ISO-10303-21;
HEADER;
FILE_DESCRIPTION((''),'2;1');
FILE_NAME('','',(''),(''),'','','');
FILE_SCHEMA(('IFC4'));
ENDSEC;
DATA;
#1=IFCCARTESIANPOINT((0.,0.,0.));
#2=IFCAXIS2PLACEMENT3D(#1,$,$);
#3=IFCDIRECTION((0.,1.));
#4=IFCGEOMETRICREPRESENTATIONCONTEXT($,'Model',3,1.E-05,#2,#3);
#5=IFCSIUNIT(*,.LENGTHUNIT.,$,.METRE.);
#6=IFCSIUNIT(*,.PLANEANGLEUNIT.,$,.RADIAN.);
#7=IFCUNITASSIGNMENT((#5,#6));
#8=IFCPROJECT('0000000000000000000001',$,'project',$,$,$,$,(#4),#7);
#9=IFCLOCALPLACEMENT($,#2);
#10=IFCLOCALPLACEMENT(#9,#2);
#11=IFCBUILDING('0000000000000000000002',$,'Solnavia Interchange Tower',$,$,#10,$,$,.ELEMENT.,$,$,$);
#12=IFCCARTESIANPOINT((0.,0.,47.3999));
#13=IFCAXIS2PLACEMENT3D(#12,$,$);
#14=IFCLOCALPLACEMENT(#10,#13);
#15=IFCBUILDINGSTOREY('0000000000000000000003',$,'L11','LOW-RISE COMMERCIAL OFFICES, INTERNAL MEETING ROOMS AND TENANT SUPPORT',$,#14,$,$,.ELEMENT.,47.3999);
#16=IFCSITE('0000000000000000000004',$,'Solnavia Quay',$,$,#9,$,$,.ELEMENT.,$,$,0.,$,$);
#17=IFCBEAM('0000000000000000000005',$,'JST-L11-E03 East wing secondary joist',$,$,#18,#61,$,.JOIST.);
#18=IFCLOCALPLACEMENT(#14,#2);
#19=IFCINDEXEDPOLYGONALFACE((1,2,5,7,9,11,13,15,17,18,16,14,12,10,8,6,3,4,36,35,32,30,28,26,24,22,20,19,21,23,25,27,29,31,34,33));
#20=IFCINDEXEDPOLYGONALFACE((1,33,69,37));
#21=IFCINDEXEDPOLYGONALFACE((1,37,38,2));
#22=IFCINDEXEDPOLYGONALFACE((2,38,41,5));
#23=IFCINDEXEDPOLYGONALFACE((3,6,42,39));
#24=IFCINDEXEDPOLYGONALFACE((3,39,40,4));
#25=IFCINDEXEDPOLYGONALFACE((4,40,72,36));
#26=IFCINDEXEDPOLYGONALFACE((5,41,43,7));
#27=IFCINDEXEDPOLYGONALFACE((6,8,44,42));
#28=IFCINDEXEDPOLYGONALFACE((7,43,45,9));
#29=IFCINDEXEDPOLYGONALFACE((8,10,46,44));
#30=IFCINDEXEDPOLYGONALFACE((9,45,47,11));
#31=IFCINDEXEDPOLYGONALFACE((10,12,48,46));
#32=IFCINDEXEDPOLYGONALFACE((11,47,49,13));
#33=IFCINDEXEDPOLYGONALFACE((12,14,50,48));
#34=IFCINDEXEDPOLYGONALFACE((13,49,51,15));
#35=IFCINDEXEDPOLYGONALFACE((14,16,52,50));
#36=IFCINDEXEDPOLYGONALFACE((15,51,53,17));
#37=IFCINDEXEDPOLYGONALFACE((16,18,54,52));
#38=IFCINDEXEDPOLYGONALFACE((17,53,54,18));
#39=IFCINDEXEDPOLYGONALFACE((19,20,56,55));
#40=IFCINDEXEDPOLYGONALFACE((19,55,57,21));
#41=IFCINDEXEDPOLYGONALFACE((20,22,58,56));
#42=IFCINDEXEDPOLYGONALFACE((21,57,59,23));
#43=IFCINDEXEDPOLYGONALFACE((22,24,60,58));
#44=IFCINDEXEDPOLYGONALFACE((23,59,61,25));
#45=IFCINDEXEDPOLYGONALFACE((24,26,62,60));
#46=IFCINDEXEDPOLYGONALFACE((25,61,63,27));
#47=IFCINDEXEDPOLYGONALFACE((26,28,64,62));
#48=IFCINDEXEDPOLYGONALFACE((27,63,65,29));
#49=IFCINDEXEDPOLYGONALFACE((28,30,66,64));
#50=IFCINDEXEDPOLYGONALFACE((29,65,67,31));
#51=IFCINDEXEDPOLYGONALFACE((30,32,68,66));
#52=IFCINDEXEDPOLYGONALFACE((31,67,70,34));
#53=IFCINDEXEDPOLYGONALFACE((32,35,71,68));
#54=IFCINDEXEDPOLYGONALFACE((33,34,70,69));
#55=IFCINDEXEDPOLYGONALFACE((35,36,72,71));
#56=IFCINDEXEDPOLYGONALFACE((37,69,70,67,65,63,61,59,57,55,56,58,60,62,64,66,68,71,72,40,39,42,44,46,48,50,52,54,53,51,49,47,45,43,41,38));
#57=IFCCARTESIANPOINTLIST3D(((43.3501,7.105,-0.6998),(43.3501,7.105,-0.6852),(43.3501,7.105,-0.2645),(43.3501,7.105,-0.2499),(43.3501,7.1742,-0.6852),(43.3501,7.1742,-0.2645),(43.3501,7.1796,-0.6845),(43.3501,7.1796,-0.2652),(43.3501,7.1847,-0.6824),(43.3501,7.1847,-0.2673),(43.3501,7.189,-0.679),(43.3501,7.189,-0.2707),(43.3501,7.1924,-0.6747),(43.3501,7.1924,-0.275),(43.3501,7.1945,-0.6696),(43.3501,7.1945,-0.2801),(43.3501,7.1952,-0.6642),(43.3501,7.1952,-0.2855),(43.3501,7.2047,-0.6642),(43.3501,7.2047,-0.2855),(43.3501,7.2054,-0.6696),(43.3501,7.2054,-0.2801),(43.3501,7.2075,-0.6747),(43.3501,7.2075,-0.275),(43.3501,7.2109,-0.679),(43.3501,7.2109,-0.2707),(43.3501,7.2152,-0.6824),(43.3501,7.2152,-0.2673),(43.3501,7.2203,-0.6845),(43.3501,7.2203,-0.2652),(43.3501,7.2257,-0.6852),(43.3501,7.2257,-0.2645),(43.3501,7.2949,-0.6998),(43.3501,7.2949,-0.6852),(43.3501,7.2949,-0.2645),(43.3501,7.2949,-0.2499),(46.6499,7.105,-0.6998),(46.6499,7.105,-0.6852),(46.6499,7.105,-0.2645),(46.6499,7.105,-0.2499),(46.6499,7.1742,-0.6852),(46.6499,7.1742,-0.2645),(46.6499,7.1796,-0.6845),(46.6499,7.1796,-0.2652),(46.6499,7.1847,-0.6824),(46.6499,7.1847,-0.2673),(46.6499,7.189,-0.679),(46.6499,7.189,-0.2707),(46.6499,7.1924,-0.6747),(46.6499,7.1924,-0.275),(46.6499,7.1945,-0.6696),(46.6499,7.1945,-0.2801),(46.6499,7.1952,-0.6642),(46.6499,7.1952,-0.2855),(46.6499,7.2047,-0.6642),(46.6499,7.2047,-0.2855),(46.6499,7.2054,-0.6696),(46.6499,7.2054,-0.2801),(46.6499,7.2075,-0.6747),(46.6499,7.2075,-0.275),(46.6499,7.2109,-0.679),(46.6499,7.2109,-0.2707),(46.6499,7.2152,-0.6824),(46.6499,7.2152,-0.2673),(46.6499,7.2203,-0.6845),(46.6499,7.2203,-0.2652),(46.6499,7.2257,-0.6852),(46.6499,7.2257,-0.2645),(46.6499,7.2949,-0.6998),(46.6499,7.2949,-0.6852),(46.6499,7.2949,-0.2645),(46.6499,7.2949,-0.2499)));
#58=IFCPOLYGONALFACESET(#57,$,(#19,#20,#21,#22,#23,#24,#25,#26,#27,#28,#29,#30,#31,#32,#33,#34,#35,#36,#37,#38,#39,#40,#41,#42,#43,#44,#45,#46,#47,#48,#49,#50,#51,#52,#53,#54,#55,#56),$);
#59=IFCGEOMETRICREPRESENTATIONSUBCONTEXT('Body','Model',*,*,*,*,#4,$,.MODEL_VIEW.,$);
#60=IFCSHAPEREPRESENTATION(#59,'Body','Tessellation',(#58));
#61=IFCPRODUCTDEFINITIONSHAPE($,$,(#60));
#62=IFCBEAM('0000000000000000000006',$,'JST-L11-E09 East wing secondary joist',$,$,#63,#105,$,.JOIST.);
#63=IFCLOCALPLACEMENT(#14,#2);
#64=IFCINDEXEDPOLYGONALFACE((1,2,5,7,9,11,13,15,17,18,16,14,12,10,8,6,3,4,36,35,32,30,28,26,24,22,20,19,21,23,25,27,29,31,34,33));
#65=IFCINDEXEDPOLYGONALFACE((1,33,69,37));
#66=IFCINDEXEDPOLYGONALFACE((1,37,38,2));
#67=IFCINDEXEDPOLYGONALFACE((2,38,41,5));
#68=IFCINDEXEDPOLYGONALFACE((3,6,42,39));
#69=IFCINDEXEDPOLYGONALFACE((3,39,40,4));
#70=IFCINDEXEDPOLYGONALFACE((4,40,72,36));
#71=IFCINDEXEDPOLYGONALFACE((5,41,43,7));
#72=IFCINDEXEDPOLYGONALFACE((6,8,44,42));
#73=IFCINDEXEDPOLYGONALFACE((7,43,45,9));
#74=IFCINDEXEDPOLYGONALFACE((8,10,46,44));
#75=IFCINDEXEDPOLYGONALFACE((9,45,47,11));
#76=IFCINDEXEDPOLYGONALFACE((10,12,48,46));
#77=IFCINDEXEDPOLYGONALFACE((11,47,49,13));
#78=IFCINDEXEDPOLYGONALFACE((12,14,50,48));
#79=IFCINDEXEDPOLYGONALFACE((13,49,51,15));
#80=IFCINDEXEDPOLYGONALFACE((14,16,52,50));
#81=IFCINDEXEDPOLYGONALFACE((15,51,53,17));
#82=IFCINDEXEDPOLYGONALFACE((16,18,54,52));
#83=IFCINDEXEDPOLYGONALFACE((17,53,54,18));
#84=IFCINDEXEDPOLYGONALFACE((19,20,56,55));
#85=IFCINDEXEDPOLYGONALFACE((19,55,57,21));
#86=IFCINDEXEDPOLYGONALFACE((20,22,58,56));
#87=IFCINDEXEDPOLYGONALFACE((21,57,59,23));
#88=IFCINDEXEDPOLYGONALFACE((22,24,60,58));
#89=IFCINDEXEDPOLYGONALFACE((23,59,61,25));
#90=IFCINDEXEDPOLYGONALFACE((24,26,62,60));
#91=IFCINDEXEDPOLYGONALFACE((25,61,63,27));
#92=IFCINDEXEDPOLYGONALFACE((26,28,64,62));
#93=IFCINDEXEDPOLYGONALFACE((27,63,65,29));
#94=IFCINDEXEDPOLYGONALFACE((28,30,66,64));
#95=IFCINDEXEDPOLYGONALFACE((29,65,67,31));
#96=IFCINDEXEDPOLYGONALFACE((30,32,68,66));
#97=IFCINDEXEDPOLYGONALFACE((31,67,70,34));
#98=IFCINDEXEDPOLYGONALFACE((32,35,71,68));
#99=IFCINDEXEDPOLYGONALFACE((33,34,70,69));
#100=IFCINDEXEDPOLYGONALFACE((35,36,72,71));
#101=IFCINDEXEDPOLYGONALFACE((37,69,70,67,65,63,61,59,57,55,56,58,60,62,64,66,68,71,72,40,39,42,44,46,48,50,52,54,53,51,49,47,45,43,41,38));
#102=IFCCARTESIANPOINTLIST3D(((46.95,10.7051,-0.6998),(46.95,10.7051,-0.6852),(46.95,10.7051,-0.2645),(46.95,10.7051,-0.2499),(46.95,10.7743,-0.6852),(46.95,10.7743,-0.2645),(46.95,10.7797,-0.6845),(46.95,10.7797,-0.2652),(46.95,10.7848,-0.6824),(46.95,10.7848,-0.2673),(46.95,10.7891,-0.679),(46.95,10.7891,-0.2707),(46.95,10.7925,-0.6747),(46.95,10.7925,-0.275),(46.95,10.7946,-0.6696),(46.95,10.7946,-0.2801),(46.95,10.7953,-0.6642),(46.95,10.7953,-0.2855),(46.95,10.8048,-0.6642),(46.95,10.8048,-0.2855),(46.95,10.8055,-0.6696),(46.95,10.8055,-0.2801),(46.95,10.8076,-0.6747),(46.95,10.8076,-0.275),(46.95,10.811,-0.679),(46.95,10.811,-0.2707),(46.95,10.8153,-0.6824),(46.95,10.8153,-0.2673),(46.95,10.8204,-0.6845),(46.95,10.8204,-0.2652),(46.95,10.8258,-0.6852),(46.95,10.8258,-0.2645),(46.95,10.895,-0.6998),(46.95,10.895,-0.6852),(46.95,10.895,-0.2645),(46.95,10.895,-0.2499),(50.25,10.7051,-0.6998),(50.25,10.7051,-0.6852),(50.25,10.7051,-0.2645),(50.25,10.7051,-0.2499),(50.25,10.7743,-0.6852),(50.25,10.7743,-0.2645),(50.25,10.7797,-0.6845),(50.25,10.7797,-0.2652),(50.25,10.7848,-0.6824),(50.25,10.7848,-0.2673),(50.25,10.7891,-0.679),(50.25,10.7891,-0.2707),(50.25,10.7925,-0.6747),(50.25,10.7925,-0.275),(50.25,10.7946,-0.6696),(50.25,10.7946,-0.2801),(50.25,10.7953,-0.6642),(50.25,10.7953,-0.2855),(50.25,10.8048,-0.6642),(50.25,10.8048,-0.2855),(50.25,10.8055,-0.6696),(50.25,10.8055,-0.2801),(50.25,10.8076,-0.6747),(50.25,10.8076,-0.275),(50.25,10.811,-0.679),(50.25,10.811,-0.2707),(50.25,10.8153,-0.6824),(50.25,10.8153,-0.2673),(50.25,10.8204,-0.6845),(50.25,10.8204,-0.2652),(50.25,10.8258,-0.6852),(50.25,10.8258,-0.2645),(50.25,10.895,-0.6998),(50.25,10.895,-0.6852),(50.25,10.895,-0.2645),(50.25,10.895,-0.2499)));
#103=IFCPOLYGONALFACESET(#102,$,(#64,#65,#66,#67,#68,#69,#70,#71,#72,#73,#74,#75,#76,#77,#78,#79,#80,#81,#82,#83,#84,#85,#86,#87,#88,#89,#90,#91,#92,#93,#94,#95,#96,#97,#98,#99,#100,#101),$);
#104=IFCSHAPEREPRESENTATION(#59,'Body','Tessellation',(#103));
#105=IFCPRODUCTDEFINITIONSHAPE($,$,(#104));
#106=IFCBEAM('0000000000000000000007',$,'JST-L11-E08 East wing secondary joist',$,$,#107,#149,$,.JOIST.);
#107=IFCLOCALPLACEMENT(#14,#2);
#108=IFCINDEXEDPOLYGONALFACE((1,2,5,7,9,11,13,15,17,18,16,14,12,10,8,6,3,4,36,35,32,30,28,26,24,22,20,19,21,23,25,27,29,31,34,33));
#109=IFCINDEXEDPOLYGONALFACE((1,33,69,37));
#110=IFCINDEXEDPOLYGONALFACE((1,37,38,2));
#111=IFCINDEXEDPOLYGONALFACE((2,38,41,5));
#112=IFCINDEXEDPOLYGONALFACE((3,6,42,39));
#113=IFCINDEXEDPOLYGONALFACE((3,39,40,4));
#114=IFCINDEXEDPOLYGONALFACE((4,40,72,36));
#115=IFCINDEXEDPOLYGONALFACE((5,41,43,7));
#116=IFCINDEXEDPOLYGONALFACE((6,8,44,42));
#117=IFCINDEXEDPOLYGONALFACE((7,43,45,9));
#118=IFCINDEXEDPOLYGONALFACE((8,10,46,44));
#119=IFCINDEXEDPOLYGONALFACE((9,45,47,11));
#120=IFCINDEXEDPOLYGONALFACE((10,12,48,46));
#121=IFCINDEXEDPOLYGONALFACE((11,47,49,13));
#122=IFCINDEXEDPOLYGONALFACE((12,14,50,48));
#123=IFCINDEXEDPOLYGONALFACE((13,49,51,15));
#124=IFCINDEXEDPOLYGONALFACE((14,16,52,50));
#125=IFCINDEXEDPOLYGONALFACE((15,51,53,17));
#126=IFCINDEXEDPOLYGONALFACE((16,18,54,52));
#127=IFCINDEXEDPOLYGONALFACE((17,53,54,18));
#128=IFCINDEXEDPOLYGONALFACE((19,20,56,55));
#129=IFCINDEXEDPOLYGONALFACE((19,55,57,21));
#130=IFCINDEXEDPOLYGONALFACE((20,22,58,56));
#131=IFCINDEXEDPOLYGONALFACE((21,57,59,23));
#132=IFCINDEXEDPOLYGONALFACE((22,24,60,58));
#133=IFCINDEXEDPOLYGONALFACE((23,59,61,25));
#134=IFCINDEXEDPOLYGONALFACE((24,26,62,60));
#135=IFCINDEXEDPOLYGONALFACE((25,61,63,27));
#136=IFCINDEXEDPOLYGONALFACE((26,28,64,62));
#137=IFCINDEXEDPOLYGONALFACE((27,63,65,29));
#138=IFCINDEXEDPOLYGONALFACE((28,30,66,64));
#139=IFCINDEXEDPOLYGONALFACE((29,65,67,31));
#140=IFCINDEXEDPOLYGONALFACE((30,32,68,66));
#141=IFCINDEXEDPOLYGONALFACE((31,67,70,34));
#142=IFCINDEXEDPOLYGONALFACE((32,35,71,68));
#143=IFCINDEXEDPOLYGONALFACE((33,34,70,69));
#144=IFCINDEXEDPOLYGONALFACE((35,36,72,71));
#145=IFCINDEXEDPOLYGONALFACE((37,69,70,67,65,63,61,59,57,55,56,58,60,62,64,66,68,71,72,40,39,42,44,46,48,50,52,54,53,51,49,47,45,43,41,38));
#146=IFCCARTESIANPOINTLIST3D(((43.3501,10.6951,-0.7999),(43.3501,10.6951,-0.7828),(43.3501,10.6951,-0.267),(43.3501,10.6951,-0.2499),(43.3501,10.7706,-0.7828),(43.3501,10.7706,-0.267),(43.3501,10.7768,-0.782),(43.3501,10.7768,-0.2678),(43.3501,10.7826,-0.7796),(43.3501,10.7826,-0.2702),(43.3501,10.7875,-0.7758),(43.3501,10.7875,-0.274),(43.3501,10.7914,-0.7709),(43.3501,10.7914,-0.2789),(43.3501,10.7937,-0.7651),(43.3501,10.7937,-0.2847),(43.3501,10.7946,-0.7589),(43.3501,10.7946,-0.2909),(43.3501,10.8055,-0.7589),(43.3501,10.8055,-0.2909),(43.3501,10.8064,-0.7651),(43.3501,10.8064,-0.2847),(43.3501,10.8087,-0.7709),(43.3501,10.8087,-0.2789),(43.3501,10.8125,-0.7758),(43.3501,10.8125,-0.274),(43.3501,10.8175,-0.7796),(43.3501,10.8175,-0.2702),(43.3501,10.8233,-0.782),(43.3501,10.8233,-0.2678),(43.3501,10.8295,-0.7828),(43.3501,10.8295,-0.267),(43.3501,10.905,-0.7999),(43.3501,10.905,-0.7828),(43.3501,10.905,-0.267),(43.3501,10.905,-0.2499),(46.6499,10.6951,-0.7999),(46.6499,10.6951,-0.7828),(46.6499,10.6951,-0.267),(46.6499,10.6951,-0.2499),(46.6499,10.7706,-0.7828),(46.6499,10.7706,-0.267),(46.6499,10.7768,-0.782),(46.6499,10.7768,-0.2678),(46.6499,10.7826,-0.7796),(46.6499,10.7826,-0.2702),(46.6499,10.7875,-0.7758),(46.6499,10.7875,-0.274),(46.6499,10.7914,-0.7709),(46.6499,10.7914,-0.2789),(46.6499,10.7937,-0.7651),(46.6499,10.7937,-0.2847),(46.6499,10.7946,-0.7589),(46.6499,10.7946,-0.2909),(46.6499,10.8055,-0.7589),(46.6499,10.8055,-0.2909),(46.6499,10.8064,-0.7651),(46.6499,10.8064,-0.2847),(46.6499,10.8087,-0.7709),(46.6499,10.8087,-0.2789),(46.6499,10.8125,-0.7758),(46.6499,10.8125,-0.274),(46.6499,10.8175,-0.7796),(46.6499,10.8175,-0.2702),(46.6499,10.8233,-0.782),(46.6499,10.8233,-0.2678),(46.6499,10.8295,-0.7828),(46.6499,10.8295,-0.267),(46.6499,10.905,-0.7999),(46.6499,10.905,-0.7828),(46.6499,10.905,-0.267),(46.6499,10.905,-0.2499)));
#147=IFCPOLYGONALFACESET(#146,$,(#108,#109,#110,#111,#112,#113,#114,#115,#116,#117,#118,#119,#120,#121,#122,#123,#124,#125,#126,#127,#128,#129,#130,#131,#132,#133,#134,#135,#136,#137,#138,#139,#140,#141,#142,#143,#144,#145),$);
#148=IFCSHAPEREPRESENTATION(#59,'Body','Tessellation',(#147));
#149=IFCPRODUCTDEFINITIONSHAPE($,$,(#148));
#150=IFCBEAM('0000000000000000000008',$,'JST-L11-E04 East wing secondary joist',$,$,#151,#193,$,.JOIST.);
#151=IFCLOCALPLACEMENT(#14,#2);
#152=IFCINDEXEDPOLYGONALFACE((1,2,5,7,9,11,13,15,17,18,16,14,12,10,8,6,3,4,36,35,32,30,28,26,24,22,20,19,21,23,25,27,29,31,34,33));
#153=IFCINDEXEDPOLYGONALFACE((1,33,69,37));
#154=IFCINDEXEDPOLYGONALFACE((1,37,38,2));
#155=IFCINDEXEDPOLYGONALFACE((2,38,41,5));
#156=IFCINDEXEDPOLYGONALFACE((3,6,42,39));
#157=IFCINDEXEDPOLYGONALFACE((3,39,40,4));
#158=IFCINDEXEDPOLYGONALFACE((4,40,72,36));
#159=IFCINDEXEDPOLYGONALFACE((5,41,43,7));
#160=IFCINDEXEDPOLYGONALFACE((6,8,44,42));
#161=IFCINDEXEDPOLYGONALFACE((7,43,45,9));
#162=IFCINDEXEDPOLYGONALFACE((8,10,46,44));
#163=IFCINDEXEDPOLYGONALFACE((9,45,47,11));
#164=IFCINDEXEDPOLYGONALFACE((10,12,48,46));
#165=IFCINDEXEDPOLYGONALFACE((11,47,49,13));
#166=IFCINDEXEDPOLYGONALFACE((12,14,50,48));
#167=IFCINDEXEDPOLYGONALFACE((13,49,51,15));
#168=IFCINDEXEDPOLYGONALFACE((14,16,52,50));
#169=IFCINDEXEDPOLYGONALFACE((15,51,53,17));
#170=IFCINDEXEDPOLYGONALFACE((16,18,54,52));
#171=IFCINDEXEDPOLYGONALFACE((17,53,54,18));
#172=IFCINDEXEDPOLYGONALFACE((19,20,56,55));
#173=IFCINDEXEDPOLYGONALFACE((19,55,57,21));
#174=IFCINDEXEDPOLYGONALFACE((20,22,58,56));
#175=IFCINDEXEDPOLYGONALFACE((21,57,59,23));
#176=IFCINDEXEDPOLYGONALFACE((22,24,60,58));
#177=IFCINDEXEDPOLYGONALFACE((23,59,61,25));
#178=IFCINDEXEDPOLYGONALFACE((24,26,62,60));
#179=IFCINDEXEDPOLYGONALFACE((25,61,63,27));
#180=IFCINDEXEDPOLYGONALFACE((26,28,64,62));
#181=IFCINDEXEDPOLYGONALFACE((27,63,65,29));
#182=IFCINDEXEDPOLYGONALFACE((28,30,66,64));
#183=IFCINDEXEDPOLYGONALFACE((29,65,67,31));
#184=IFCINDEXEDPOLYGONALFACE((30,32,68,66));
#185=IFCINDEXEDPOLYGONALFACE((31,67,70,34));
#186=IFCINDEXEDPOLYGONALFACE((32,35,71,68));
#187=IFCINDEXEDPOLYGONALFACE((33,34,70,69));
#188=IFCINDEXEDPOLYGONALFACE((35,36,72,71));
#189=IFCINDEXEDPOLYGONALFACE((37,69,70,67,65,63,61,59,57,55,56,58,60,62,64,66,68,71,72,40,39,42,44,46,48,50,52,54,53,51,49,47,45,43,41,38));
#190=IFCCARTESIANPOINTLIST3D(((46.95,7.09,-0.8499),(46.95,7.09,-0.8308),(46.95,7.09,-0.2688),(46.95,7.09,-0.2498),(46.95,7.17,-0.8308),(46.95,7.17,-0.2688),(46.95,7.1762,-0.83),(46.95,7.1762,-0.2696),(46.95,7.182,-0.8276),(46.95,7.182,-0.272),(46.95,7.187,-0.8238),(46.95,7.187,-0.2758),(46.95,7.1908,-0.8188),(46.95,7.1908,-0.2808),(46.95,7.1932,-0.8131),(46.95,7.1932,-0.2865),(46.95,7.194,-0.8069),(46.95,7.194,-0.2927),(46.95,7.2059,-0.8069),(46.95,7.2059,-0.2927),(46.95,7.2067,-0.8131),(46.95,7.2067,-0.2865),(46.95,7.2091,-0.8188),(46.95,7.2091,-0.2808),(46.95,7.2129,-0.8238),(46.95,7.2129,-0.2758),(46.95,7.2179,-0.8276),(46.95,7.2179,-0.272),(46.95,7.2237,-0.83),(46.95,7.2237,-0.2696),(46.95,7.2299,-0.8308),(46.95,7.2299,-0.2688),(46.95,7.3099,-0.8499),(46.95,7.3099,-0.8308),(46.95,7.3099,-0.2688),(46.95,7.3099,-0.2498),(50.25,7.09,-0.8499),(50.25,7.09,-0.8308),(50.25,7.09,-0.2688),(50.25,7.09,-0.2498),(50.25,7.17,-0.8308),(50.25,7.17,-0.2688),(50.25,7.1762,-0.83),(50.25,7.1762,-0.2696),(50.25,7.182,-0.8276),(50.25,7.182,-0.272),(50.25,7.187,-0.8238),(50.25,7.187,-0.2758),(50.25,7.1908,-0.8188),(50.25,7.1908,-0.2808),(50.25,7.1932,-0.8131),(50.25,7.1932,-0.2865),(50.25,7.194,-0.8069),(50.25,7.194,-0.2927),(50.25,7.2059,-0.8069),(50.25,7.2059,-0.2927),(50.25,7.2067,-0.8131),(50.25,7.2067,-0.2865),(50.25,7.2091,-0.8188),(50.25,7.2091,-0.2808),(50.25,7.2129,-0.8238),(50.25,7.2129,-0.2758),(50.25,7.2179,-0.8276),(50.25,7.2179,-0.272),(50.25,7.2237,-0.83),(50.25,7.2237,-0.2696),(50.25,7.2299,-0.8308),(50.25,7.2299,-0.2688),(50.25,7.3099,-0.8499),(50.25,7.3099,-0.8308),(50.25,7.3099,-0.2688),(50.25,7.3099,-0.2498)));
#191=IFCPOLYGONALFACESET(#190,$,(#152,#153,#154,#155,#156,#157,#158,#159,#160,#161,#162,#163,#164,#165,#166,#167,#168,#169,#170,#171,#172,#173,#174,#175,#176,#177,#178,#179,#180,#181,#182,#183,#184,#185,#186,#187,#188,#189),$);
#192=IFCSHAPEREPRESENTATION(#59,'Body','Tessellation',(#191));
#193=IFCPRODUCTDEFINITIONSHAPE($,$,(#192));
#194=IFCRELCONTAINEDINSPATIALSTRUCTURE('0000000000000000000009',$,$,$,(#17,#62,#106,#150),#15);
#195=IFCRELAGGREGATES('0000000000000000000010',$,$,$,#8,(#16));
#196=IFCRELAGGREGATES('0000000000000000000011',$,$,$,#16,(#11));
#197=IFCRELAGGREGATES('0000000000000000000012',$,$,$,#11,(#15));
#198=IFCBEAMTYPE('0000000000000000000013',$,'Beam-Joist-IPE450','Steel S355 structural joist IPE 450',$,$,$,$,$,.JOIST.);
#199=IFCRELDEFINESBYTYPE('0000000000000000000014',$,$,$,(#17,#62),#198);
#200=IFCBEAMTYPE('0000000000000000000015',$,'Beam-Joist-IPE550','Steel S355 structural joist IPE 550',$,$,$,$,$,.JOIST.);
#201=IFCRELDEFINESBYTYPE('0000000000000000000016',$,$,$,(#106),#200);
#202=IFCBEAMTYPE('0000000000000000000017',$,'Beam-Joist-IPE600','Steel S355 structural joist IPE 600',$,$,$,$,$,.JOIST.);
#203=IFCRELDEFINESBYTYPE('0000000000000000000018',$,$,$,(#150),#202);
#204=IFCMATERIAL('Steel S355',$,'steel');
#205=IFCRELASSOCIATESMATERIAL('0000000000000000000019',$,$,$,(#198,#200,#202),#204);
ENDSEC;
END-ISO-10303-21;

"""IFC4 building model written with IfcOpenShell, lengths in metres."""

from ifc_helpers import new_model, si_unit, direction, frame, origin, origin_2d, place, context, subcontext, project, spatial, i_section, extrude, material, material_profile, profile_set, type_object, element, save


model = new_model("IFC4")

# Units and contexts
model_context = context("Model", 3, precision=1e-05, world=origin(), true_north=direction((0.0, 1.0)))
body_context = subcontext(model_context, "Body", "Model", "MODEL_VIEW")
ifc_project = project(units=[si_unit("LENGTHUNIT", "METRE"), si_unit("PLANEANGLEUNIT", "RADIAN")], contexts=[model_context])

# Site, building, storey
site_placement = place(None, origin())
site = spatial("IfcSite", under=ifc_project, at=site_placement, Name="Solnavia Quay", CompositionType="ELEMENT", RefElevation=0.0)
building_placement = place(site_placement, origin())
building = spatial("IfcBuilding", under=site, at=building_placement, Name="Solnavia Interchange Tower", CompositionType="ELEMENT")
storey_placement = place(building_placement, frame((0.0, 0.0, 47.3999)))
storey = spatial("IfcBuildingStorey", under=building, at=storey_placement, Name="L11", Description="LOW-RISE COMMERCIAL OFFICES, INTERNAL MEETING ROOMS AND TENANT SUPPORT", CompositionType="ELEMENT", Elevation=47.3999)

# Shared definitions
ifc_material_1 = material(Name="Steel S355", Category="steel")

# Beams
ifc_material_profile_1 = material_profile(ifc_material_1, i_section(OverallWidth=0.1899, OverallDepth=0.45, WebThickness=0.0095, FlangeThickness=0.0146, FilletRadius=0.021, at=origin_2d()), Name="IPE 450")
ifc_profile_set_1 = profile_set([ifc_material_profile_1], Name="Steel S355")
beam_type_1 = type_object("IfcBeamType", Name="Beam-Joist-IPE450", Description="Steel S355 structural joist IPE 450", PredefinedType="JOIST", material=ifc_profile_set_1)
beam_1_placement = place(storey_placement, frame((43.3501, 7.2, -0.4749), z_axis=(1.0, 0.0, 0.0), x_axis=(0.0, 1.0, 0.0)))
element("IfcBeam", 1, at=beam_1_placement, inside=storey, type_object=beam_type_1, Name="JST-L11-E03 East wing secondary joist", PredefinedType="JOIST", context=body_context, shape_type="SweptSolid", body=[
    extrude(i_section(OverallWidth=0.1899, OverallDepth=0.45, WebThickness=0.0095, FlangeThickness=0.0146, FilletRadius=0.021, at=origin_2d()), origin(), (0.0, 0.0, 1.0), 3.2998),
])
beam_2_placement = place(storey_placement, frame((46.95, 10.8, -0.4749), z_axis=(1.0, 0.0, 0.0), x_axis=(0.0, 1.0, 0.0)))
element("IfcBeam", 2, at=beam_2_placement, inside=storey, type_object=beam_type_1, Name="JST-L11-E09 East wing secondary joist", PredefinedType="JOIST", context=body_context, shape_type="SweptSolid", body=[
    extrude(i_section(OverallWidth=0.1899, OverallDepth=0.45, WebThickness=0.0095, FlangeThickness=0.0146, FilletRadius=0.021, at=origin_2d()), origin(), (0.0, 0.0, 1.0), 3.3),
])
ifc_material_profile_2 = material_profile(ifc_material_1, i_section(OverallWidth=0.21, OverallDepth=0.55, WebThickness=0.011, FlangeThickness=0.0171, FilletRadius=0.0239, at=origin_2d()), Name="IPE 550")
ifc_profile_set_2 = profile_set([ifc_material_profile_2], Name="Steel S355")
beam_type_2 = type_object("IfcBeamType", Name="Beam-Joist-IPE550", Description="Steel S355 structural joist IPE 550", PredefinedType="JOIST", material=ifc_profile_set_2)
beam_3_placement = place(storey_placement, frame((43.3501, 10.8, -0.5249), z_axis=(1.0, 0.0, 0.0), x_axis=(0.0, 1.0, 0.0)))
element("IfcBeam", 3, at=beam_3_placement, inside=storey, type_object=beam_type_2, Name="JST-L11-E08 East wing secondary joist", PredefinedType="JOIST", context=body_context, shape_type="SweptSolid", body=[
    extrude(i_section(OverallWidth=0.21, OverallDepth=0.55, WebThickness=0.011, FlangeThickness=0.0171, FilletRadius=0.0239, at=origin_2d()), origin(), (0.0, 0.0, 1.0), 3.2998),
])
ifc_material_profile_3 = material_profile(ifc_material_1, i_section(OverallWidth=0.22, OverallDepth=0.6001, WebThickness=0.012, FlangeThickness=0.019, FilletRadius=0.0239, at=origin_2d()), Name="IPE 600")
ifc_profile_set_3 = profile_set([ifc_material_profile_3], Name="Steel S355")
beam_type_3 = type_object("IfcBeamType", Name="Beam-Joist-IPE600", Description="Steel S355 structural joist IPE 600", PredefinedType="JOIST", material=ifc_profile_set_3)
beam_4_placement = place(storey_placement, frame((46.95, 7.2, -0.5498), z_axis=(1.0, 0.0, 0.0), x_axis=(0.0, 1.0, 0.0)))
element("IfcBeam", 4, at=beam_4_placement, inside=storey, type_object=beam_type_3, Name="JST-L11-E04 East wing secondary joist", PredefinedType="JOIST", context=body_context, shape_type="SweptSolid", body=[
    extrude(i_section(OverallWidth=0.22, OverallDepth=0.6001, WebThickness=0.012, FlangeThickness=0.019, FilletRadius=0.0239, at=origin_2d()), origin(), (0.0, 0.0, 1.0), 3.3),
])

save(model, "model.ifc")
